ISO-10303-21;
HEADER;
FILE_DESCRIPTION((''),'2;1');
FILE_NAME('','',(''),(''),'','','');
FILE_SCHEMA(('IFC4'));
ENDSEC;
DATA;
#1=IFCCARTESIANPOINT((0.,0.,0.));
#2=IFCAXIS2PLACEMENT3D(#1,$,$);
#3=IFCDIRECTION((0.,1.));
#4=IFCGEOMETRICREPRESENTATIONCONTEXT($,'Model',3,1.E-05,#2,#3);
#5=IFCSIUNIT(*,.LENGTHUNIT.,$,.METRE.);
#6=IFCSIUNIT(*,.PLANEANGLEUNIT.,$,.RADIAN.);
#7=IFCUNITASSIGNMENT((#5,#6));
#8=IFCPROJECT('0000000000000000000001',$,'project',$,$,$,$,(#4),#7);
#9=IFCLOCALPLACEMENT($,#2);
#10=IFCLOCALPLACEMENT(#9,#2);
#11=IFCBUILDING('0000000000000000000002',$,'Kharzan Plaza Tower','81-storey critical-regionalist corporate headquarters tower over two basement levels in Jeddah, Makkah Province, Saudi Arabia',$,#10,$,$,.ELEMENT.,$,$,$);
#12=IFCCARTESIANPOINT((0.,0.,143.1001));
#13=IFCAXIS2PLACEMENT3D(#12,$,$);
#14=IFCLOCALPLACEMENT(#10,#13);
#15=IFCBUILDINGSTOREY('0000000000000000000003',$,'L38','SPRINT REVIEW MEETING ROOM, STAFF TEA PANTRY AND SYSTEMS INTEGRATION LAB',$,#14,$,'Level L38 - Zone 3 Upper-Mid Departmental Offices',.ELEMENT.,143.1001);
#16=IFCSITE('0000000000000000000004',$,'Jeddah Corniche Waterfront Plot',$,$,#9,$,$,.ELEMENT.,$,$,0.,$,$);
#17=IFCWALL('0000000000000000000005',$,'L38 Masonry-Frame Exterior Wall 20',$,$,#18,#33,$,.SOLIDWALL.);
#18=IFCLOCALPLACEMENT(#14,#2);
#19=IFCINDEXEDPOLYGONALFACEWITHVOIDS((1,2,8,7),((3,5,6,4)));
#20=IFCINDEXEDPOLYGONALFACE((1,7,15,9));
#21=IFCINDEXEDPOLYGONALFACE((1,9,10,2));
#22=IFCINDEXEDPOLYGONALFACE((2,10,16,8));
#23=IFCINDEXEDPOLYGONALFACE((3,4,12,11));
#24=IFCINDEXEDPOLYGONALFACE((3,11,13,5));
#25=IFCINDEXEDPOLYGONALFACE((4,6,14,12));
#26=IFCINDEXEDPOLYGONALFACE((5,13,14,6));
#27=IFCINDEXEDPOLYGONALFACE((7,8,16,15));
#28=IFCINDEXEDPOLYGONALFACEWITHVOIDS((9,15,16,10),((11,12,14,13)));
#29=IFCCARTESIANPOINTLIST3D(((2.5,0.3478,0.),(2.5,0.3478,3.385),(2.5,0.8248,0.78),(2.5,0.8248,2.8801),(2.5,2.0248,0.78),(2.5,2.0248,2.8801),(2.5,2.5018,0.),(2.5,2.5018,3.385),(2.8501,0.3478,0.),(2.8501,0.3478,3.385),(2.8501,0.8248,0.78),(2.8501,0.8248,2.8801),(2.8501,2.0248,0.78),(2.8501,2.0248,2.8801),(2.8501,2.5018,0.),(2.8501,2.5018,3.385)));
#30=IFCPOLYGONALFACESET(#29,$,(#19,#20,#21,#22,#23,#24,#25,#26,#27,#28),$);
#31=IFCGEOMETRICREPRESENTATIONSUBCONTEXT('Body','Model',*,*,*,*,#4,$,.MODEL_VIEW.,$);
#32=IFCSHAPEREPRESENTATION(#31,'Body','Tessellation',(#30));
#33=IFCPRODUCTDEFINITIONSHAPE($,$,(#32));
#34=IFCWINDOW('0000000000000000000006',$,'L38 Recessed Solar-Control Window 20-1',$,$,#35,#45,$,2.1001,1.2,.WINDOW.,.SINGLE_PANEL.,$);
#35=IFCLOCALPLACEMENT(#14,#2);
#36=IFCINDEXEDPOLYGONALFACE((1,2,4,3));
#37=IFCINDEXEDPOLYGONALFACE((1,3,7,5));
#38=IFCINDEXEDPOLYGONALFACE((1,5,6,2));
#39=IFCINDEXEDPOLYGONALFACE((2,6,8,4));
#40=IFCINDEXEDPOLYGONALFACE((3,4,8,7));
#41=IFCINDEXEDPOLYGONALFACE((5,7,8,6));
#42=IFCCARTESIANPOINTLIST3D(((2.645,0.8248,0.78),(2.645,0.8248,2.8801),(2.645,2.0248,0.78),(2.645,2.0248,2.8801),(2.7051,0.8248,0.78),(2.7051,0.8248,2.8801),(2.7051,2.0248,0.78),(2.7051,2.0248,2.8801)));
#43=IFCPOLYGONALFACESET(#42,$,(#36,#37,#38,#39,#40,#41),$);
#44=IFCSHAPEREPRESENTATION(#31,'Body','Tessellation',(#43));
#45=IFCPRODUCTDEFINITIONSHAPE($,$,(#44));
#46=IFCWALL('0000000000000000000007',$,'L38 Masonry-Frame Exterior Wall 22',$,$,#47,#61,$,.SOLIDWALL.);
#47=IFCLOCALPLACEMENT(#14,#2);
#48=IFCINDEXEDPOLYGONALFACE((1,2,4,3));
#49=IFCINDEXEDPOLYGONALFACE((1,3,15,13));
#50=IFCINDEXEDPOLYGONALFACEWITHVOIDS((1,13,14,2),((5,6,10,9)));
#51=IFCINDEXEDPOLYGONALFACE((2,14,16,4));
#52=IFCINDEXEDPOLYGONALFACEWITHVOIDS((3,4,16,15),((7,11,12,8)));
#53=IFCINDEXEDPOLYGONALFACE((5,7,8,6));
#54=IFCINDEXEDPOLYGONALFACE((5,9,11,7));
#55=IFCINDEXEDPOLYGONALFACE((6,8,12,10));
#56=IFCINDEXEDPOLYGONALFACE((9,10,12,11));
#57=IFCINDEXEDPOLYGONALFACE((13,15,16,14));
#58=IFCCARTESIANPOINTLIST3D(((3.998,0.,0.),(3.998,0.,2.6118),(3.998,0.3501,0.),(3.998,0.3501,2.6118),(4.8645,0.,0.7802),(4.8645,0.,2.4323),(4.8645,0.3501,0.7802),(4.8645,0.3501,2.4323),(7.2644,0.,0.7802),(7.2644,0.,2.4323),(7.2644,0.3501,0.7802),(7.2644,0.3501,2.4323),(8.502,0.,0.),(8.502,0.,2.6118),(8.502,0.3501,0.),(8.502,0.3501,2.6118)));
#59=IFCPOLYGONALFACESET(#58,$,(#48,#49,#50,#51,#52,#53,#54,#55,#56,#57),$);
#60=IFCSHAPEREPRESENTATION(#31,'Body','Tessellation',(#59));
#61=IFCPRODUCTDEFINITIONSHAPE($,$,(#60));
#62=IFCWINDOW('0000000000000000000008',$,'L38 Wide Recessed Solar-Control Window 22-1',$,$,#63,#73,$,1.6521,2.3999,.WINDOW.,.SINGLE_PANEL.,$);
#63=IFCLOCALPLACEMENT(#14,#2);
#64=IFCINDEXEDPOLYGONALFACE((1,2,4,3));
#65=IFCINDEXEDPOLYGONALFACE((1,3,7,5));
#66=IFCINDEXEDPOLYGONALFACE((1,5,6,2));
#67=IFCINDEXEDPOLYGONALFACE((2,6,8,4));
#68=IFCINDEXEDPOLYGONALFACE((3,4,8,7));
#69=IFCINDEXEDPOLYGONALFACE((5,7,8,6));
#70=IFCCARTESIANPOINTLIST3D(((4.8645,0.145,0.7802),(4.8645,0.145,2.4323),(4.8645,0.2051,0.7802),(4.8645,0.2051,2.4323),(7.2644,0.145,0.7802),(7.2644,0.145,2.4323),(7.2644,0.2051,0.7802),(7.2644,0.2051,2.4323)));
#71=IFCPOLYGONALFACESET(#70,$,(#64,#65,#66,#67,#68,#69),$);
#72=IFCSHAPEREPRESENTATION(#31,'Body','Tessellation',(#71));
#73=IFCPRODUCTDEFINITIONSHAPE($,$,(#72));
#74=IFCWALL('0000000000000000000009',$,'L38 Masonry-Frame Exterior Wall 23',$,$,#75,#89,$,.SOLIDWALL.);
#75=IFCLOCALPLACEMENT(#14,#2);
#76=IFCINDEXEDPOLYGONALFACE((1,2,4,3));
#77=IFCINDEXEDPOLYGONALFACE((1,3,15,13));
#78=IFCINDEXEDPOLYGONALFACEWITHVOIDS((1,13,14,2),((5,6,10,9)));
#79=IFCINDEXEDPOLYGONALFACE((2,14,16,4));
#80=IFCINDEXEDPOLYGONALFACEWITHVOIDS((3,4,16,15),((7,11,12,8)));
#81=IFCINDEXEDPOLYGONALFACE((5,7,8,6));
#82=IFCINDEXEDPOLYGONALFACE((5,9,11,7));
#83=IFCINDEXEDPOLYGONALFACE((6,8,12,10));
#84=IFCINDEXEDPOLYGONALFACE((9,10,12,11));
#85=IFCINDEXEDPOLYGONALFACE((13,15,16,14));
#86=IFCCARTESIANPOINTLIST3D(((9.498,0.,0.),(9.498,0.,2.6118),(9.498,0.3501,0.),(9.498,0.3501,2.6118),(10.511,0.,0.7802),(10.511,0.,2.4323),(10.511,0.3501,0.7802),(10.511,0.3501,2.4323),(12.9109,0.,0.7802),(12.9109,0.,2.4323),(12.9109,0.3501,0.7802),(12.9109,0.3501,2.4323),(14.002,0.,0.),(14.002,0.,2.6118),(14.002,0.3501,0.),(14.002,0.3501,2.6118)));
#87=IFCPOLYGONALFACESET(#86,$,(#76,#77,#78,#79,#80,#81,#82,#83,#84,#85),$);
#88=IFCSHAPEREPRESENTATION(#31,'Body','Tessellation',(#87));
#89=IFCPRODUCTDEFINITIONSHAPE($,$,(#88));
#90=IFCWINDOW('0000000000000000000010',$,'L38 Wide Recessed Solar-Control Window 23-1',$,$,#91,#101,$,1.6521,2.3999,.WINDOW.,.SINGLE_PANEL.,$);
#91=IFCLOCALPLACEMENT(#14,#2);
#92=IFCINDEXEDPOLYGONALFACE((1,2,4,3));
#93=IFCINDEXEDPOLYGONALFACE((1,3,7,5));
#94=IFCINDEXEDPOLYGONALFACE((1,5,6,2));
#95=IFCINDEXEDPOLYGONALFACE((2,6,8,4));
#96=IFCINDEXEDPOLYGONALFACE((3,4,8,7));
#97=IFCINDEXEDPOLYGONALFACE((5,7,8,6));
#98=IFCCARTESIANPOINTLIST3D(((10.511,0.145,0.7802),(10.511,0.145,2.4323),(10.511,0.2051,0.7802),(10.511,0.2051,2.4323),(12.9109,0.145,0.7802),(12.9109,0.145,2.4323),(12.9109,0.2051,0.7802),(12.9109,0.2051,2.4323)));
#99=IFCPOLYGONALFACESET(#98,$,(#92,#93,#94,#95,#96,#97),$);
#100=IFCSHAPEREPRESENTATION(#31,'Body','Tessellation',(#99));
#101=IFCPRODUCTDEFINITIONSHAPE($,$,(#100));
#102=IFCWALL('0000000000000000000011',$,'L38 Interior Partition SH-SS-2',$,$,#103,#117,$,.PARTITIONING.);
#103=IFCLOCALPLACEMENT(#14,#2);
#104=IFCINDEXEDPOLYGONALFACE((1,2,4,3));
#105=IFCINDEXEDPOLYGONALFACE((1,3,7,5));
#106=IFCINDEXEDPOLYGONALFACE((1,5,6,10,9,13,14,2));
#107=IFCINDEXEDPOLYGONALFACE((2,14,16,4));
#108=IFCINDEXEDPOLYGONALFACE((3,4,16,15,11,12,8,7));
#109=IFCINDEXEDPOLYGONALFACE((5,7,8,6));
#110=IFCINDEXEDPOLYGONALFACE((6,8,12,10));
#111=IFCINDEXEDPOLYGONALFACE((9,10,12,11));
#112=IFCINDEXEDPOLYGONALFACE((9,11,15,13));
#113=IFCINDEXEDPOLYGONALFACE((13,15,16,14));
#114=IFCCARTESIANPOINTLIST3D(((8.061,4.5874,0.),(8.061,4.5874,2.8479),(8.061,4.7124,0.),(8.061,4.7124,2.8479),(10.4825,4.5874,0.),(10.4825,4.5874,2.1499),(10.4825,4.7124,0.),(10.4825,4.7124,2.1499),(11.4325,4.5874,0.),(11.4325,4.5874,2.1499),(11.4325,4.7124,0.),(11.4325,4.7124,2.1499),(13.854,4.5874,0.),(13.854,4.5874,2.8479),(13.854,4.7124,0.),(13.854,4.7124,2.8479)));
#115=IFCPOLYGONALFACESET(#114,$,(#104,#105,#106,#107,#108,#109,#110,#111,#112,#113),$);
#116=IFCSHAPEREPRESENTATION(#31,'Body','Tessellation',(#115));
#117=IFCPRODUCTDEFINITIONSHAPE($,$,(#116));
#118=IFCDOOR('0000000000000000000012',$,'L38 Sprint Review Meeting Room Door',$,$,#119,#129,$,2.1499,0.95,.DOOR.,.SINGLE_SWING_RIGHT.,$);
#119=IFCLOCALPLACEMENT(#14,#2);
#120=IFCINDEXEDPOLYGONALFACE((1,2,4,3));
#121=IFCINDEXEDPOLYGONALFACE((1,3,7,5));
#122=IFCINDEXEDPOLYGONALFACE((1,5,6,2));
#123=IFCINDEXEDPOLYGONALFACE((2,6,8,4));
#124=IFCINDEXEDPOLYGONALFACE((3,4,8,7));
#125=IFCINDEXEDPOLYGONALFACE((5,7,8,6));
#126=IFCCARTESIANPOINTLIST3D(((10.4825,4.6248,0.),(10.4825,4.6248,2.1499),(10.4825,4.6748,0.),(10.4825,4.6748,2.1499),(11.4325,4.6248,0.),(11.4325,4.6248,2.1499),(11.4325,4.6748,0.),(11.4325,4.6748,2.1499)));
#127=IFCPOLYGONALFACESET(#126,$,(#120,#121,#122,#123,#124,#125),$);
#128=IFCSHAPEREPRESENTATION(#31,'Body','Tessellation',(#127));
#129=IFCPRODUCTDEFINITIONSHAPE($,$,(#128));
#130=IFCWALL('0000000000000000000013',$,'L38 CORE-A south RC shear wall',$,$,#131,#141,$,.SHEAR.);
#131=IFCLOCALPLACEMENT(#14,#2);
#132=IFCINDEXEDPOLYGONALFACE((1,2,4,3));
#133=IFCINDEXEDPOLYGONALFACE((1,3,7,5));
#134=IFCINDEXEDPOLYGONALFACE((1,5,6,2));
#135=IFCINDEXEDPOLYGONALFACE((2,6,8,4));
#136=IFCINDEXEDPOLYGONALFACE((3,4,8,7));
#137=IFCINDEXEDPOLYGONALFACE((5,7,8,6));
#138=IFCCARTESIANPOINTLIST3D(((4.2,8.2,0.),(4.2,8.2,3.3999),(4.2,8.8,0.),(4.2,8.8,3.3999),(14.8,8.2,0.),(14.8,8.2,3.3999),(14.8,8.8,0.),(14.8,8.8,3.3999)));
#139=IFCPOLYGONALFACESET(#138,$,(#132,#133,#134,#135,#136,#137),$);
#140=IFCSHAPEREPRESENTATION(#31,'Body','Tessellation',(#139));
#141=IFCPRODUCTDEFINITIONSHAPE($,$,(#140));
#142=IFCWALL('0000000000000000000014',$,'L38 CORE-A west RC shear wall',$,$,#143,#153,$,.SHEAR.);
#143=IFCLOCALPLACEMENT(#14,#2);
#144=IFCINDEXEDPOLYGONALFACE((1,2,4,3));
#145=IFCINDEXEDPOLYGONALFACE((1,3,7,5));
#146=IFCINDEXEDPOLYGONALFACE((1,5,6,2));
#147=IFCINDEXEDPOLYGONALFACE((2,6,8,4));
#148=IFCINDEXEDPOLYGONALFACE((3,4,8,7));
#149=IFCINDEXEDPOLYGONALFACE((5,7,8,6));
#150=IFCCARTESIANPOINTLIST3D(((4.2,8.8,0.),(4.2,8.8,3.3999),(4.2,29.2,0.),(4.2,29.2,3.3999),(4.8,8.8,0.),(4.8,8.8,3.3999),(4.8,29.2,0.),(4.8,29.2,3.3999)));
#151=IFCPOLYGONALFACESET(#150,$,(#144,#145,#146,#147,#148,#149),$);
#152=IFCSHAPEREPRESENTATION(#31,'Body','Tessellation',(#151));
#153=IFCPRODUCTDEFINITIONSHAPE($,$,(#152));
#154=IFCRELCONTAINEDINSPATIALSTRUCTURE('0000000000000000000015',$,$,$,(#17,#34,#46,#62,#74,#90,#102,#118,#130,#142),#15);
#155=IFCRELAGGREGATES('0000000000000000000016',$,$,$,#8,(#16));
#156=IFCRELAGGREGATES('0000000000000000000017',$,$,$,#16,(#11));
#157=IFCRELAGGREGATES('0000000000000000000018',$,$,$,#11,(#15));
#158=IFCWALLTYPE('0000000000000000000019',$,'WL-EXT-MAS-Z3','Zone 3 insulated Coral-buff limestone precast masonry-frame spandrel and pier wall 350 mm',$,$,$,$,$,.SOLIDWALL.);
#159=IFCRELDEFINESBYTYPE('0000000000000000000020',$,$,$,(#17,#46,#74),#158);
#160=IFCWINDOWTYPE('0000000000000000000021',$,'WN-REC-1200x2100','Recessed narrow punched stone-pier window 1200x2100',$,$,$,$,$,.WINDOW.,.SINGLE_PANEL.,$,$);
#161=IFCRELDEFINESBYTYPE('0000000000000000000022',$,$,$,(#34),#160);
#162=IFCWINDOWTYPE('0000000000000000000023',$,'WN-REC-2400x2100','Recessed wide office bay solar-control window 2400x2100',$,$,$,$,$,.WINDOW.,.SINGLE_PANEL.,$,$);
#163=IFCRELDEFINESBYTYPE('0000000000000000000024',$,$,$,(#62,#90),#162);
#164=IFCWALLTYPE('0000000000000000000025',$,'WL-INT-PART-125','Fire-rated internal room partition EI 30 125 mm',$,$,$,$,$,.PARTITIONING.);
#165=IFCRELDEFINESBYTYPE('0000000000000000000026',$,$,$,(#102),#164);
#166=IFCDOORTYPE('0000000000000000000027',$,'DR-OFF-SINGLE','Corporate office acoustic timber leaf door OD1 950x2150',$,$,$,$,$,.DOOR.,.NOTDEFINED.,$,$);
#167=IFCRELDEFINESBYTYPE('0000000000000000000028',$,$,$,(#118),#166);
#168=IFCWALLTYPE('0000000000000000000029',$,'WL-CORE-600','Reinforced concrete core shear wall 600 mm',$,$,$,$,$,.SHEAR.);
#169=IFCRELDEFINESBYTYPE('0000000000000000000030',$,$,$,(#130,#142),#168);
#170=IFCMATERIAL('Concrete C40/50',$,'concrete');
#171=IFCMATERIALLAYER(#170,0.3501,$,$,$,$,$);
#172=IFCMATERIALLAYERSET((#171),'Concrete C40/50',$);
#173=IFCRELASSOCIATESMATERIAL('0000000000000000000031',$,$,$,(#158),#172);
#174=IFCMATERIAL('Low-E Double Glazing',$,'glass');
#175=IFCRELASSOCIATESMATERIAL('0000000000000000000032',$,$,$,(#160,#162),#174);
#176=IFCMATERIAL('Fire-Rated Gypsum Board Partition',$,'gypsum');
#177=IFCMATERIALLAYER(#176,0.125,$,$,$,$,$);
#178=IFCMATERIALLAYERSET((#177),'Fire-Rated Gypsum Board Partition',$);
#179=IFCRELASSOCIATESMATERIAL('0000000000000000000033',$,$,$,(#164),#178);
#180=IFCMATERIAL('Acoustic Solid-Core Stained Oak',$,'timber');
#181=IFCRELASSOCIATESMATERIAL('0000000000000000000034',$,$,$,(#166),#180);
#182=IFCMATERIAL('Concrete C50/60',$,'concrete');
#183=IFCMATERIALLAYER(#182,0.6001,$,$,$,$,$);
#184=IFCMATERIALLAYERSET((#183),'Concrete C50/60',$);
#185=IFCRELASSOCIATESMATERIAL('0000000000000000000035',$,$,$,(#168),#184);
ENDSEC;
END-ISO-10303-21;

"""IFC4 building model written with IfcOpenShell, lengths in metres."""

from ifc_helpers import new_model, si_unit, direction, frame, frame_2d, origin, place, context, subcontext, project, spatial, rectangle, extrude, source, transform, mapped, material, layer, layer_set, type_object, element, fill, save


model = new_model("IFC4")

# Units and contexts
model_context = context("Model", 3, precision=1e-05, world=origin(), true_north=direction((0.0, 1.0)))
body_context = subcontext(model_context, "Body", "Model", "MODEL_VIEW")
ifc_project = project(units=[si_unit("LENGTHUNIT", "METRE"), si_unit("PLANEANGLEUNIT", "RADIAN")], contexts=[model_context])

# Site, building, storey
site_placement = place(None, origin())
site = spatial("IfcSite", under=ifc_project, at=site_placement, Name="Jeddah Corniche Waterfront Plot", CompositionType="ELEMENT", RefElevation=0.0)
building_placement = place(site_placement, origin())
building = spatial("IfcBuilding", under=site, at=building_placement, Name="Kharzan Plaza Tower", Description="81-storey critical-regionalist corporate headquarters tower over two basement levels in Jeddah, Makkah Province, Saudi Arabia", CompositionType="ELEMENT")
storey_placement = place(building_placement, frame((0.0, 0.0, 143.1001)))
storey = spatial("IfcBuildingStorey", under=building, at=storey_placement, Name="L38", Description="SPRINT REVIEW MEETING ROOM, STAFF TEA PANTRY AND SYSTEMS INTEGRATION LAB", LongName="Level L38 - Zone 3 Upper-Mid Departmental Offices", CompositionType="ELEMENT", Elevation=143.1001)

# Shared definitions
ifc_material_1 = material(Name="Concrete C50/60", Category="concrete")

# Walls, openings, windows
ifc_material_2 = material(Name="Concrete C40/50", Category="concrete")
ifc_layer_1 = layer(ifc_material_2, 0.3501)
ifc_layer_set_1 = layer_set([ifc_layer_1], Name="Concrete C40/50")
wall_type_1 = type_object("IfcWallType", Name="WL-EXT-MAS-Z3", Description="Zone 3 insulated Coral-buff limestone precast masonry-frame spandrel and pier wall 350 mm", PredefinedType="SOLIDWALL", material=ifc_layer_set_1)
wall_1_placement = place(storey_placement, frame((2.675, 2.502, 0.0), z_axis=(0.0, 0.0, 1.0), x_axis=(0.0, -1.0, 0.0)))
wall_1 = element("IfcWall", 1, at=wall_1_placement, inside=storey, type_object=wall_type_1, Name="L38 Masonry-Frame Exterior Wall 20", PredefinedType="SOLIDWALL", context=body_context, shape_type="SweptSolid", body=[
    extrude(rectangle(XDim=2.1541, YDim=0.3501, at=frame_2d((1.0771, 0.0))), origin(), (0.0, 0.0, 1.0), 3.385),
])
opening_1_placement = place(wall_1_placement, frame((0.4771, 0.0, 0.78)))
opening_1 = element("IfcOpeningElement", 2, at=opening_1_placement, cuts=wall_1, PredefinedType="OPENING", context=body_context, shape_type="SweptSolid", body=[
    extrude(rectangle(XDim=1.2, YDim=2.1001, at=frame_2d((0.6001, 1.05))), frame((0.0, 0.1851, 0.0), z_axis=(0.0, -1.0, 0.0), x_axis=(1.0, 0.0, 0.0)), (0.0, 0.0, 1.0), 0.3701),
])
ifc_material_3 = material(Name="Low-E Double Glazing", Category="glass")
window_type_1 = type_object("IfcWindowType", Name="WN-REC-1200x2100", Description="Recessed narrow punched stone-pier window 1200x2100", PartitioningType="SINGLE_PANEL", PredefinedType="WINDOW", material=ifc_material_3)
shared_shape_1 = source(origin(), body_context, "Body", "SweptSolid", [
    extrude(rectangle(XDim=1.2, YDim=2.1001, at=frame_2d((0.6001, 1.05))), frame((0.0, 0.03, 0.0), z_axis=(0.0, -1.0, 0.0), x_axis=(1.0, 0.0, 0.0)), (0.0, 0.0, 1.0), 0.0601),
])
window_1_placement = place(opening_1_placement, origin())
window_1 = element("IfcWindow", 3, at=window_1_placement, inside=storey, type_object=window_type_1, Name="L38 Recessed Solar-Control Window 20-1", OverallHeight=2.1001, OverallWidth=1.2, PartitioningType="SINGLE_PANEL", PredefinedType="WINDOW", context=body_context, shape_type="MappedRepresentation", body=[
    mapped(shared_shape_1, transform((0.0, 0.0, 0.0), x_axis=(1.0, 0.0, 0.0), y_axis=(0.0, 1.0, 0.0), z_axis=(0.0, 0.0, 1.0))),
])
fill(opening_1, window_1)
wall_2_placement = place(storey_placement, frame((3.998, 0.175, 0.0), z_axis=(0.0, 0.0, 1.0), x_axis=(1.0, 0.0, 0.0)))
wall_2 = element("IfcWall", 4, at=wall_2_placement, inside=storey, type_object=wall_type_1, Name="L38 Masonry-Frame Exterior Wall 22", PredefinedType="SOLIDWALL", context=body_context, shape_type="SweptSolid", body=[
    extrude(rectangle(XDim=4.5039, YDim=0.3501, at=frame_2d((2.252, 0.0))), origin(), (0.0, 0.0, 1.0), 2.6118),
])
opening_2_placement = place(wall_2_placement, frame((0.8665, 0.0, 0.78)))
opening_2 = element("IfcOpeningElement", 5, at=opening_2_placement, cuts=wall_2, PredefinedType="OPENING", context=body_context, shape_type="SweptSolid", body=[
    extrude(rectangle(XDim=2.3999, YDim=1.6521, at=frame_2d((1.2, 0.8262))), frame((0.0, 0.1851, 0.0), z_axis=(0.0, -1.0, 0.0), x_axis=(1.0, 0.0, 0.0)), (0.0, 0.0, 1.0), 0.3701),
])
window_type_2 = type_object("IfcWindowType", Name="WN-REC-2400x2100", Description="Recessed wide office bay solar-control window 2400x2100", PartitioningType="SINGLE_PANEL", PredefinedType="WINDOW", material=ifc_material_3)
shared_shape_2 = source(origin(), body_context, "Body", "SweptSolid", [
    extrude(rectangle(XDim=2.3999, YDim=1.6521, at=frame_2d((1.2, 0.8262))), frame((0.0, 0.03, 0.0), z_axis=(0.0, -1.0, 0.0), x_axis=(1.0, 0.0, 0.0)), (0.0, 0.0, 1.0), 0.0601),
])
window_2_placement = place(opening_2_placement, origin())
window_2 = element("IfcWindow", 6, at=window_2_placement, inside=storey, type_object=window_type_2, Name="L38 Wide Recessed Solar-Control Window 22-1", OverallHeight=1.6521, OverallWidth=2.3999, PartitioningType="SINGLE_PANEL", PredefinedType="WINDOW", context=body_context, shape_type="MappedRepresentation", body=[
    mapped(shared_shape_2, transform((0.0, 0.0, 0.0), x_axis=(1.0, 0.0, 0.0), y_axis=(0.0, 1.0, 0.0), z_axis=(0.0, 0.0, 1.0))),
])
fill(opening_2, window_2)
wall_3_placement = place(storey_placement, frame((9.498, 0.175, 0.0), z_axis=(0.0, 0.0, 1.0), x_axis=(1.0, 0.0, 0.0)))
wall_3 = element("IfcWall", 7, at=wall_3_placement, inside=storey, type_object=wall_type_1, Name="L38 Masonry-Frame Exterior Wall 23", PredefinedType="SOLIDWALL", context=body_context, shape_type="SweptSolid", body=[
    extrude(rectangle(XDim=4.5039, YDim=0.3501, at=frame_2d((2.252, 0.0))), origin(), (0.0, 0.0, 1.0), 2.6118),
])
opening_3_placement = place(wall_3_placement, frame((1.0129, 0.0, 0.78)))
opening_3 = element("IfcOpeningElement", 8, at=opening_3_placement, cuts=wall_3, PredefinedType="OPENING", context=body_context, shape_type="SweptSolid", body=[
    extrude(rectangle(XDim=2.3999, YDim=1.6521, at=frame_2d((1.2, 0.8262))), frame((0.0, 0.1851, 0.0), z_axis=(0.0, -1.0, 0.0), x_axis=(1.0, 0.0, 0.0)), (0.0, 0.0, 1.0), 0.3701),
])
window_3_placement = place(opening_3_placement, origin())
window_3 = element("IfcWindow", 9, at=window_3_placement, inside=storey, type_object=window_type_2, Name="L38 Wide Recessed Solar-Control Window 23-1", OverallHeight=1.6521, OverallWidth=2.3999, PartitioningType="SINGLE_PANEL", PredefinedType="WINDOW", context=body_context, shape_type="MappedRepresentation", body=[
    mapped(shared_shape_2, transform((0.0, 0.0, 0.0), x_axis=(1.0, 0.0, 0.0), y_axis=(0.0, 1.0, 0.0), z_axis=(0.0, 0.0, 1.0))),
])
fill(opening_3, window_3)

# Wall, opening, door
ifc_material_4 = material(Name="Fire-Rated Gypsum Board Partition", Category="gypsum")
ifc_layer_2 = layer(ifc_material_4, 0.125)
ifc_layer_set_2 = layer_set([ifc_layer_2], Name="Fire-Rated Gypsum Board Partition")
wall_type_2 = type_object("IfcWallType", Name="WL-INT-PART-125", Description="Fire-rated internal room partition EI 30 125 mm", PredefinedType="PARTITIONING", material=ifc_layer_set_2)
ifc_material_5 = material(Name="Acoustic Solid-Core Stained Oak", Category="timber")
door_type = type_object("IfcDoorType", Name="DR-OFF-SINGLE", Description="Corporate office acoustic timber leaf door OD1 950x2150", OperationType="NOTDEFINED", PredefinedType="DOOR", material=ifc_material_5)
shared_shape_3 = source(origin(), body_context, "Body", "SweptSolid", [
    extrude(rectangle(XDim=0.95, YDim=2.1499, at=frame_2d((0.4751, 1.075))), frame((0.0, 0.0249, 0.0), z_axis=(0.0, -1.0, 0.0), x_axis=(1.0, 0.0, 0.0)), (0.0, 0.0, 1.0), 0.05),
])
wall_4_placement = place(storey_placement, frame((8.061, 4.6499, 0.0), z_axis=(0.0, 0.0, 1.0), x_axis=(1.0, 0.0, 0.0)))
wall_4 = element("IfcWall", 10, at=wall_4_placement, inside=storey, type_object=wall_type_2, Name="L38 Interior Partition SH-SS-2", PredefinedType="PARTITIONING", context=body_context, shape_type="SweptSolid", body=[
    extrude(rectangle(XDim=5.793, YDim=0.125, at=frame_2d((2.8965, 0.0))), origin(), (0.0, 0.0, 1.0), 2.8479),
])
opening_4_placement = place(wall_4_placement, frame((2.4214, 0.0, 0.0)))
opening_4 = element("IfcOpeningElement", 11, at=opening_4_placement, cuts=wall_4, PredefinedType="OPENING", context=body_context, shape_type="SweptSolid", body=[
    extrude(rectangle(XDim=0.95, YDim=2.1499, at=frame_2d((0.4751, 1.075))), frame((0.0, 0.0725, 0.0), z_axis=(0.0, -1.0, 0.0), x_axis=(1.0, 0.0, 0.0)), (0.0, 0.0, 1.0), 0.145),
])
door_1_placement = place(opening_4_placement, origin())
door_1 = element("IfcDoor", 12, at=door_1_placement, inside=storey, type_object=door_type, Name="L38 Sprint Review Meeting Room Door", OperationType="SINGLE_SWING_RIGHT", OverallHeight=2.1499, OverallWidth=0.95, PredefinedType="DOOR", context=body_context, shape_type="MappedRepresentation", body=[
    mapped(shared_shape_3, transform((0.0, 0.0, 0.0), x_axis=(1.0, 0.0, 0.0), y_axis=(0.0, 1.0, 0.0), z_axis=(0.0, 0.0, 1.0))),
])
fill(opening_4, door_1)

# Walls
ifc_layer_3 = layer(ifc_material_1, 0.6001)
ifc_layer_set_3 = layer_set([ifc_layer_3], Name="Concrete C50/60")
wall_type_3 = type_object("IfcWallType", Name="WL-CORE-600", Description="Reinforced concrete core shear wall 600 mm", PredefinedType="SHEAR", material=ifc_layer_set_3)
shared_shape_4 = source(origin(), body_context, "Body", "SweptSolid", [
    extrude(rectangle(XDim=10.6001, YDim=0.6001, at=frame_2d((5.3, 0.0))), origin(), (0.0, 0.0, 1.0), 3.3999),
])
wall_5_placement = place(storey_placement, frame((4.2, 8.5, 0.0), z_axis=(0.0, 0.0, 1.0), x_axis=(1.0, 0.0, 0.0)))
element("IfcWall", 13, at=wall_5_placement, inside=storey, type_object=wall_type_3, Name="L38 CORE-A south RC shear wall", PredefinedType="SHEAR", context=body_context, shape_type="MappedRepresentation", body=[
    mapped(shared_shape_4, transform((0.0, 0.0, 0.0), x_axis=(1.0, 0.0, 0.0), y_axis=(0.0, 1.0, 0.0), z_axis=(0.0, 0.0, 1.0))),
])
shared_shape_5 = source(origin(), body_context, "Body", "SweptSolid", [
    extrude(rectangle(XDim=20.3999, YDim=0.6001, at=frame_2d((10.2, 0.0))), origin(), (0.0, 0.0, 1.0), 3.3999),
])
wall_6_placement = place(storey_placement, frame((4.5, 8.8, 0.0), z_axis=(0.0, 0.0, 1.0), x_axis=(0.0, 1.0, 0.0)))
element("IfcWall", 14, at=wall_6_placement, inside=storey, type_object=wall_type_3, Name="L38 CORE-A west RC shear wall", PredefinedType="SHEAR", context=body_context, shape_type="MappedRepresentation", body=[
    mapped(shared_shape_5, transform((0.0, 0.0, 0.0), x_axis=(1.0, 0.0, 0.0), y_axis=(0.0, 1.0, 0.0), z_axis=(0.0, 0.0, 1.0))),
])

save(model, "model.ifc")
